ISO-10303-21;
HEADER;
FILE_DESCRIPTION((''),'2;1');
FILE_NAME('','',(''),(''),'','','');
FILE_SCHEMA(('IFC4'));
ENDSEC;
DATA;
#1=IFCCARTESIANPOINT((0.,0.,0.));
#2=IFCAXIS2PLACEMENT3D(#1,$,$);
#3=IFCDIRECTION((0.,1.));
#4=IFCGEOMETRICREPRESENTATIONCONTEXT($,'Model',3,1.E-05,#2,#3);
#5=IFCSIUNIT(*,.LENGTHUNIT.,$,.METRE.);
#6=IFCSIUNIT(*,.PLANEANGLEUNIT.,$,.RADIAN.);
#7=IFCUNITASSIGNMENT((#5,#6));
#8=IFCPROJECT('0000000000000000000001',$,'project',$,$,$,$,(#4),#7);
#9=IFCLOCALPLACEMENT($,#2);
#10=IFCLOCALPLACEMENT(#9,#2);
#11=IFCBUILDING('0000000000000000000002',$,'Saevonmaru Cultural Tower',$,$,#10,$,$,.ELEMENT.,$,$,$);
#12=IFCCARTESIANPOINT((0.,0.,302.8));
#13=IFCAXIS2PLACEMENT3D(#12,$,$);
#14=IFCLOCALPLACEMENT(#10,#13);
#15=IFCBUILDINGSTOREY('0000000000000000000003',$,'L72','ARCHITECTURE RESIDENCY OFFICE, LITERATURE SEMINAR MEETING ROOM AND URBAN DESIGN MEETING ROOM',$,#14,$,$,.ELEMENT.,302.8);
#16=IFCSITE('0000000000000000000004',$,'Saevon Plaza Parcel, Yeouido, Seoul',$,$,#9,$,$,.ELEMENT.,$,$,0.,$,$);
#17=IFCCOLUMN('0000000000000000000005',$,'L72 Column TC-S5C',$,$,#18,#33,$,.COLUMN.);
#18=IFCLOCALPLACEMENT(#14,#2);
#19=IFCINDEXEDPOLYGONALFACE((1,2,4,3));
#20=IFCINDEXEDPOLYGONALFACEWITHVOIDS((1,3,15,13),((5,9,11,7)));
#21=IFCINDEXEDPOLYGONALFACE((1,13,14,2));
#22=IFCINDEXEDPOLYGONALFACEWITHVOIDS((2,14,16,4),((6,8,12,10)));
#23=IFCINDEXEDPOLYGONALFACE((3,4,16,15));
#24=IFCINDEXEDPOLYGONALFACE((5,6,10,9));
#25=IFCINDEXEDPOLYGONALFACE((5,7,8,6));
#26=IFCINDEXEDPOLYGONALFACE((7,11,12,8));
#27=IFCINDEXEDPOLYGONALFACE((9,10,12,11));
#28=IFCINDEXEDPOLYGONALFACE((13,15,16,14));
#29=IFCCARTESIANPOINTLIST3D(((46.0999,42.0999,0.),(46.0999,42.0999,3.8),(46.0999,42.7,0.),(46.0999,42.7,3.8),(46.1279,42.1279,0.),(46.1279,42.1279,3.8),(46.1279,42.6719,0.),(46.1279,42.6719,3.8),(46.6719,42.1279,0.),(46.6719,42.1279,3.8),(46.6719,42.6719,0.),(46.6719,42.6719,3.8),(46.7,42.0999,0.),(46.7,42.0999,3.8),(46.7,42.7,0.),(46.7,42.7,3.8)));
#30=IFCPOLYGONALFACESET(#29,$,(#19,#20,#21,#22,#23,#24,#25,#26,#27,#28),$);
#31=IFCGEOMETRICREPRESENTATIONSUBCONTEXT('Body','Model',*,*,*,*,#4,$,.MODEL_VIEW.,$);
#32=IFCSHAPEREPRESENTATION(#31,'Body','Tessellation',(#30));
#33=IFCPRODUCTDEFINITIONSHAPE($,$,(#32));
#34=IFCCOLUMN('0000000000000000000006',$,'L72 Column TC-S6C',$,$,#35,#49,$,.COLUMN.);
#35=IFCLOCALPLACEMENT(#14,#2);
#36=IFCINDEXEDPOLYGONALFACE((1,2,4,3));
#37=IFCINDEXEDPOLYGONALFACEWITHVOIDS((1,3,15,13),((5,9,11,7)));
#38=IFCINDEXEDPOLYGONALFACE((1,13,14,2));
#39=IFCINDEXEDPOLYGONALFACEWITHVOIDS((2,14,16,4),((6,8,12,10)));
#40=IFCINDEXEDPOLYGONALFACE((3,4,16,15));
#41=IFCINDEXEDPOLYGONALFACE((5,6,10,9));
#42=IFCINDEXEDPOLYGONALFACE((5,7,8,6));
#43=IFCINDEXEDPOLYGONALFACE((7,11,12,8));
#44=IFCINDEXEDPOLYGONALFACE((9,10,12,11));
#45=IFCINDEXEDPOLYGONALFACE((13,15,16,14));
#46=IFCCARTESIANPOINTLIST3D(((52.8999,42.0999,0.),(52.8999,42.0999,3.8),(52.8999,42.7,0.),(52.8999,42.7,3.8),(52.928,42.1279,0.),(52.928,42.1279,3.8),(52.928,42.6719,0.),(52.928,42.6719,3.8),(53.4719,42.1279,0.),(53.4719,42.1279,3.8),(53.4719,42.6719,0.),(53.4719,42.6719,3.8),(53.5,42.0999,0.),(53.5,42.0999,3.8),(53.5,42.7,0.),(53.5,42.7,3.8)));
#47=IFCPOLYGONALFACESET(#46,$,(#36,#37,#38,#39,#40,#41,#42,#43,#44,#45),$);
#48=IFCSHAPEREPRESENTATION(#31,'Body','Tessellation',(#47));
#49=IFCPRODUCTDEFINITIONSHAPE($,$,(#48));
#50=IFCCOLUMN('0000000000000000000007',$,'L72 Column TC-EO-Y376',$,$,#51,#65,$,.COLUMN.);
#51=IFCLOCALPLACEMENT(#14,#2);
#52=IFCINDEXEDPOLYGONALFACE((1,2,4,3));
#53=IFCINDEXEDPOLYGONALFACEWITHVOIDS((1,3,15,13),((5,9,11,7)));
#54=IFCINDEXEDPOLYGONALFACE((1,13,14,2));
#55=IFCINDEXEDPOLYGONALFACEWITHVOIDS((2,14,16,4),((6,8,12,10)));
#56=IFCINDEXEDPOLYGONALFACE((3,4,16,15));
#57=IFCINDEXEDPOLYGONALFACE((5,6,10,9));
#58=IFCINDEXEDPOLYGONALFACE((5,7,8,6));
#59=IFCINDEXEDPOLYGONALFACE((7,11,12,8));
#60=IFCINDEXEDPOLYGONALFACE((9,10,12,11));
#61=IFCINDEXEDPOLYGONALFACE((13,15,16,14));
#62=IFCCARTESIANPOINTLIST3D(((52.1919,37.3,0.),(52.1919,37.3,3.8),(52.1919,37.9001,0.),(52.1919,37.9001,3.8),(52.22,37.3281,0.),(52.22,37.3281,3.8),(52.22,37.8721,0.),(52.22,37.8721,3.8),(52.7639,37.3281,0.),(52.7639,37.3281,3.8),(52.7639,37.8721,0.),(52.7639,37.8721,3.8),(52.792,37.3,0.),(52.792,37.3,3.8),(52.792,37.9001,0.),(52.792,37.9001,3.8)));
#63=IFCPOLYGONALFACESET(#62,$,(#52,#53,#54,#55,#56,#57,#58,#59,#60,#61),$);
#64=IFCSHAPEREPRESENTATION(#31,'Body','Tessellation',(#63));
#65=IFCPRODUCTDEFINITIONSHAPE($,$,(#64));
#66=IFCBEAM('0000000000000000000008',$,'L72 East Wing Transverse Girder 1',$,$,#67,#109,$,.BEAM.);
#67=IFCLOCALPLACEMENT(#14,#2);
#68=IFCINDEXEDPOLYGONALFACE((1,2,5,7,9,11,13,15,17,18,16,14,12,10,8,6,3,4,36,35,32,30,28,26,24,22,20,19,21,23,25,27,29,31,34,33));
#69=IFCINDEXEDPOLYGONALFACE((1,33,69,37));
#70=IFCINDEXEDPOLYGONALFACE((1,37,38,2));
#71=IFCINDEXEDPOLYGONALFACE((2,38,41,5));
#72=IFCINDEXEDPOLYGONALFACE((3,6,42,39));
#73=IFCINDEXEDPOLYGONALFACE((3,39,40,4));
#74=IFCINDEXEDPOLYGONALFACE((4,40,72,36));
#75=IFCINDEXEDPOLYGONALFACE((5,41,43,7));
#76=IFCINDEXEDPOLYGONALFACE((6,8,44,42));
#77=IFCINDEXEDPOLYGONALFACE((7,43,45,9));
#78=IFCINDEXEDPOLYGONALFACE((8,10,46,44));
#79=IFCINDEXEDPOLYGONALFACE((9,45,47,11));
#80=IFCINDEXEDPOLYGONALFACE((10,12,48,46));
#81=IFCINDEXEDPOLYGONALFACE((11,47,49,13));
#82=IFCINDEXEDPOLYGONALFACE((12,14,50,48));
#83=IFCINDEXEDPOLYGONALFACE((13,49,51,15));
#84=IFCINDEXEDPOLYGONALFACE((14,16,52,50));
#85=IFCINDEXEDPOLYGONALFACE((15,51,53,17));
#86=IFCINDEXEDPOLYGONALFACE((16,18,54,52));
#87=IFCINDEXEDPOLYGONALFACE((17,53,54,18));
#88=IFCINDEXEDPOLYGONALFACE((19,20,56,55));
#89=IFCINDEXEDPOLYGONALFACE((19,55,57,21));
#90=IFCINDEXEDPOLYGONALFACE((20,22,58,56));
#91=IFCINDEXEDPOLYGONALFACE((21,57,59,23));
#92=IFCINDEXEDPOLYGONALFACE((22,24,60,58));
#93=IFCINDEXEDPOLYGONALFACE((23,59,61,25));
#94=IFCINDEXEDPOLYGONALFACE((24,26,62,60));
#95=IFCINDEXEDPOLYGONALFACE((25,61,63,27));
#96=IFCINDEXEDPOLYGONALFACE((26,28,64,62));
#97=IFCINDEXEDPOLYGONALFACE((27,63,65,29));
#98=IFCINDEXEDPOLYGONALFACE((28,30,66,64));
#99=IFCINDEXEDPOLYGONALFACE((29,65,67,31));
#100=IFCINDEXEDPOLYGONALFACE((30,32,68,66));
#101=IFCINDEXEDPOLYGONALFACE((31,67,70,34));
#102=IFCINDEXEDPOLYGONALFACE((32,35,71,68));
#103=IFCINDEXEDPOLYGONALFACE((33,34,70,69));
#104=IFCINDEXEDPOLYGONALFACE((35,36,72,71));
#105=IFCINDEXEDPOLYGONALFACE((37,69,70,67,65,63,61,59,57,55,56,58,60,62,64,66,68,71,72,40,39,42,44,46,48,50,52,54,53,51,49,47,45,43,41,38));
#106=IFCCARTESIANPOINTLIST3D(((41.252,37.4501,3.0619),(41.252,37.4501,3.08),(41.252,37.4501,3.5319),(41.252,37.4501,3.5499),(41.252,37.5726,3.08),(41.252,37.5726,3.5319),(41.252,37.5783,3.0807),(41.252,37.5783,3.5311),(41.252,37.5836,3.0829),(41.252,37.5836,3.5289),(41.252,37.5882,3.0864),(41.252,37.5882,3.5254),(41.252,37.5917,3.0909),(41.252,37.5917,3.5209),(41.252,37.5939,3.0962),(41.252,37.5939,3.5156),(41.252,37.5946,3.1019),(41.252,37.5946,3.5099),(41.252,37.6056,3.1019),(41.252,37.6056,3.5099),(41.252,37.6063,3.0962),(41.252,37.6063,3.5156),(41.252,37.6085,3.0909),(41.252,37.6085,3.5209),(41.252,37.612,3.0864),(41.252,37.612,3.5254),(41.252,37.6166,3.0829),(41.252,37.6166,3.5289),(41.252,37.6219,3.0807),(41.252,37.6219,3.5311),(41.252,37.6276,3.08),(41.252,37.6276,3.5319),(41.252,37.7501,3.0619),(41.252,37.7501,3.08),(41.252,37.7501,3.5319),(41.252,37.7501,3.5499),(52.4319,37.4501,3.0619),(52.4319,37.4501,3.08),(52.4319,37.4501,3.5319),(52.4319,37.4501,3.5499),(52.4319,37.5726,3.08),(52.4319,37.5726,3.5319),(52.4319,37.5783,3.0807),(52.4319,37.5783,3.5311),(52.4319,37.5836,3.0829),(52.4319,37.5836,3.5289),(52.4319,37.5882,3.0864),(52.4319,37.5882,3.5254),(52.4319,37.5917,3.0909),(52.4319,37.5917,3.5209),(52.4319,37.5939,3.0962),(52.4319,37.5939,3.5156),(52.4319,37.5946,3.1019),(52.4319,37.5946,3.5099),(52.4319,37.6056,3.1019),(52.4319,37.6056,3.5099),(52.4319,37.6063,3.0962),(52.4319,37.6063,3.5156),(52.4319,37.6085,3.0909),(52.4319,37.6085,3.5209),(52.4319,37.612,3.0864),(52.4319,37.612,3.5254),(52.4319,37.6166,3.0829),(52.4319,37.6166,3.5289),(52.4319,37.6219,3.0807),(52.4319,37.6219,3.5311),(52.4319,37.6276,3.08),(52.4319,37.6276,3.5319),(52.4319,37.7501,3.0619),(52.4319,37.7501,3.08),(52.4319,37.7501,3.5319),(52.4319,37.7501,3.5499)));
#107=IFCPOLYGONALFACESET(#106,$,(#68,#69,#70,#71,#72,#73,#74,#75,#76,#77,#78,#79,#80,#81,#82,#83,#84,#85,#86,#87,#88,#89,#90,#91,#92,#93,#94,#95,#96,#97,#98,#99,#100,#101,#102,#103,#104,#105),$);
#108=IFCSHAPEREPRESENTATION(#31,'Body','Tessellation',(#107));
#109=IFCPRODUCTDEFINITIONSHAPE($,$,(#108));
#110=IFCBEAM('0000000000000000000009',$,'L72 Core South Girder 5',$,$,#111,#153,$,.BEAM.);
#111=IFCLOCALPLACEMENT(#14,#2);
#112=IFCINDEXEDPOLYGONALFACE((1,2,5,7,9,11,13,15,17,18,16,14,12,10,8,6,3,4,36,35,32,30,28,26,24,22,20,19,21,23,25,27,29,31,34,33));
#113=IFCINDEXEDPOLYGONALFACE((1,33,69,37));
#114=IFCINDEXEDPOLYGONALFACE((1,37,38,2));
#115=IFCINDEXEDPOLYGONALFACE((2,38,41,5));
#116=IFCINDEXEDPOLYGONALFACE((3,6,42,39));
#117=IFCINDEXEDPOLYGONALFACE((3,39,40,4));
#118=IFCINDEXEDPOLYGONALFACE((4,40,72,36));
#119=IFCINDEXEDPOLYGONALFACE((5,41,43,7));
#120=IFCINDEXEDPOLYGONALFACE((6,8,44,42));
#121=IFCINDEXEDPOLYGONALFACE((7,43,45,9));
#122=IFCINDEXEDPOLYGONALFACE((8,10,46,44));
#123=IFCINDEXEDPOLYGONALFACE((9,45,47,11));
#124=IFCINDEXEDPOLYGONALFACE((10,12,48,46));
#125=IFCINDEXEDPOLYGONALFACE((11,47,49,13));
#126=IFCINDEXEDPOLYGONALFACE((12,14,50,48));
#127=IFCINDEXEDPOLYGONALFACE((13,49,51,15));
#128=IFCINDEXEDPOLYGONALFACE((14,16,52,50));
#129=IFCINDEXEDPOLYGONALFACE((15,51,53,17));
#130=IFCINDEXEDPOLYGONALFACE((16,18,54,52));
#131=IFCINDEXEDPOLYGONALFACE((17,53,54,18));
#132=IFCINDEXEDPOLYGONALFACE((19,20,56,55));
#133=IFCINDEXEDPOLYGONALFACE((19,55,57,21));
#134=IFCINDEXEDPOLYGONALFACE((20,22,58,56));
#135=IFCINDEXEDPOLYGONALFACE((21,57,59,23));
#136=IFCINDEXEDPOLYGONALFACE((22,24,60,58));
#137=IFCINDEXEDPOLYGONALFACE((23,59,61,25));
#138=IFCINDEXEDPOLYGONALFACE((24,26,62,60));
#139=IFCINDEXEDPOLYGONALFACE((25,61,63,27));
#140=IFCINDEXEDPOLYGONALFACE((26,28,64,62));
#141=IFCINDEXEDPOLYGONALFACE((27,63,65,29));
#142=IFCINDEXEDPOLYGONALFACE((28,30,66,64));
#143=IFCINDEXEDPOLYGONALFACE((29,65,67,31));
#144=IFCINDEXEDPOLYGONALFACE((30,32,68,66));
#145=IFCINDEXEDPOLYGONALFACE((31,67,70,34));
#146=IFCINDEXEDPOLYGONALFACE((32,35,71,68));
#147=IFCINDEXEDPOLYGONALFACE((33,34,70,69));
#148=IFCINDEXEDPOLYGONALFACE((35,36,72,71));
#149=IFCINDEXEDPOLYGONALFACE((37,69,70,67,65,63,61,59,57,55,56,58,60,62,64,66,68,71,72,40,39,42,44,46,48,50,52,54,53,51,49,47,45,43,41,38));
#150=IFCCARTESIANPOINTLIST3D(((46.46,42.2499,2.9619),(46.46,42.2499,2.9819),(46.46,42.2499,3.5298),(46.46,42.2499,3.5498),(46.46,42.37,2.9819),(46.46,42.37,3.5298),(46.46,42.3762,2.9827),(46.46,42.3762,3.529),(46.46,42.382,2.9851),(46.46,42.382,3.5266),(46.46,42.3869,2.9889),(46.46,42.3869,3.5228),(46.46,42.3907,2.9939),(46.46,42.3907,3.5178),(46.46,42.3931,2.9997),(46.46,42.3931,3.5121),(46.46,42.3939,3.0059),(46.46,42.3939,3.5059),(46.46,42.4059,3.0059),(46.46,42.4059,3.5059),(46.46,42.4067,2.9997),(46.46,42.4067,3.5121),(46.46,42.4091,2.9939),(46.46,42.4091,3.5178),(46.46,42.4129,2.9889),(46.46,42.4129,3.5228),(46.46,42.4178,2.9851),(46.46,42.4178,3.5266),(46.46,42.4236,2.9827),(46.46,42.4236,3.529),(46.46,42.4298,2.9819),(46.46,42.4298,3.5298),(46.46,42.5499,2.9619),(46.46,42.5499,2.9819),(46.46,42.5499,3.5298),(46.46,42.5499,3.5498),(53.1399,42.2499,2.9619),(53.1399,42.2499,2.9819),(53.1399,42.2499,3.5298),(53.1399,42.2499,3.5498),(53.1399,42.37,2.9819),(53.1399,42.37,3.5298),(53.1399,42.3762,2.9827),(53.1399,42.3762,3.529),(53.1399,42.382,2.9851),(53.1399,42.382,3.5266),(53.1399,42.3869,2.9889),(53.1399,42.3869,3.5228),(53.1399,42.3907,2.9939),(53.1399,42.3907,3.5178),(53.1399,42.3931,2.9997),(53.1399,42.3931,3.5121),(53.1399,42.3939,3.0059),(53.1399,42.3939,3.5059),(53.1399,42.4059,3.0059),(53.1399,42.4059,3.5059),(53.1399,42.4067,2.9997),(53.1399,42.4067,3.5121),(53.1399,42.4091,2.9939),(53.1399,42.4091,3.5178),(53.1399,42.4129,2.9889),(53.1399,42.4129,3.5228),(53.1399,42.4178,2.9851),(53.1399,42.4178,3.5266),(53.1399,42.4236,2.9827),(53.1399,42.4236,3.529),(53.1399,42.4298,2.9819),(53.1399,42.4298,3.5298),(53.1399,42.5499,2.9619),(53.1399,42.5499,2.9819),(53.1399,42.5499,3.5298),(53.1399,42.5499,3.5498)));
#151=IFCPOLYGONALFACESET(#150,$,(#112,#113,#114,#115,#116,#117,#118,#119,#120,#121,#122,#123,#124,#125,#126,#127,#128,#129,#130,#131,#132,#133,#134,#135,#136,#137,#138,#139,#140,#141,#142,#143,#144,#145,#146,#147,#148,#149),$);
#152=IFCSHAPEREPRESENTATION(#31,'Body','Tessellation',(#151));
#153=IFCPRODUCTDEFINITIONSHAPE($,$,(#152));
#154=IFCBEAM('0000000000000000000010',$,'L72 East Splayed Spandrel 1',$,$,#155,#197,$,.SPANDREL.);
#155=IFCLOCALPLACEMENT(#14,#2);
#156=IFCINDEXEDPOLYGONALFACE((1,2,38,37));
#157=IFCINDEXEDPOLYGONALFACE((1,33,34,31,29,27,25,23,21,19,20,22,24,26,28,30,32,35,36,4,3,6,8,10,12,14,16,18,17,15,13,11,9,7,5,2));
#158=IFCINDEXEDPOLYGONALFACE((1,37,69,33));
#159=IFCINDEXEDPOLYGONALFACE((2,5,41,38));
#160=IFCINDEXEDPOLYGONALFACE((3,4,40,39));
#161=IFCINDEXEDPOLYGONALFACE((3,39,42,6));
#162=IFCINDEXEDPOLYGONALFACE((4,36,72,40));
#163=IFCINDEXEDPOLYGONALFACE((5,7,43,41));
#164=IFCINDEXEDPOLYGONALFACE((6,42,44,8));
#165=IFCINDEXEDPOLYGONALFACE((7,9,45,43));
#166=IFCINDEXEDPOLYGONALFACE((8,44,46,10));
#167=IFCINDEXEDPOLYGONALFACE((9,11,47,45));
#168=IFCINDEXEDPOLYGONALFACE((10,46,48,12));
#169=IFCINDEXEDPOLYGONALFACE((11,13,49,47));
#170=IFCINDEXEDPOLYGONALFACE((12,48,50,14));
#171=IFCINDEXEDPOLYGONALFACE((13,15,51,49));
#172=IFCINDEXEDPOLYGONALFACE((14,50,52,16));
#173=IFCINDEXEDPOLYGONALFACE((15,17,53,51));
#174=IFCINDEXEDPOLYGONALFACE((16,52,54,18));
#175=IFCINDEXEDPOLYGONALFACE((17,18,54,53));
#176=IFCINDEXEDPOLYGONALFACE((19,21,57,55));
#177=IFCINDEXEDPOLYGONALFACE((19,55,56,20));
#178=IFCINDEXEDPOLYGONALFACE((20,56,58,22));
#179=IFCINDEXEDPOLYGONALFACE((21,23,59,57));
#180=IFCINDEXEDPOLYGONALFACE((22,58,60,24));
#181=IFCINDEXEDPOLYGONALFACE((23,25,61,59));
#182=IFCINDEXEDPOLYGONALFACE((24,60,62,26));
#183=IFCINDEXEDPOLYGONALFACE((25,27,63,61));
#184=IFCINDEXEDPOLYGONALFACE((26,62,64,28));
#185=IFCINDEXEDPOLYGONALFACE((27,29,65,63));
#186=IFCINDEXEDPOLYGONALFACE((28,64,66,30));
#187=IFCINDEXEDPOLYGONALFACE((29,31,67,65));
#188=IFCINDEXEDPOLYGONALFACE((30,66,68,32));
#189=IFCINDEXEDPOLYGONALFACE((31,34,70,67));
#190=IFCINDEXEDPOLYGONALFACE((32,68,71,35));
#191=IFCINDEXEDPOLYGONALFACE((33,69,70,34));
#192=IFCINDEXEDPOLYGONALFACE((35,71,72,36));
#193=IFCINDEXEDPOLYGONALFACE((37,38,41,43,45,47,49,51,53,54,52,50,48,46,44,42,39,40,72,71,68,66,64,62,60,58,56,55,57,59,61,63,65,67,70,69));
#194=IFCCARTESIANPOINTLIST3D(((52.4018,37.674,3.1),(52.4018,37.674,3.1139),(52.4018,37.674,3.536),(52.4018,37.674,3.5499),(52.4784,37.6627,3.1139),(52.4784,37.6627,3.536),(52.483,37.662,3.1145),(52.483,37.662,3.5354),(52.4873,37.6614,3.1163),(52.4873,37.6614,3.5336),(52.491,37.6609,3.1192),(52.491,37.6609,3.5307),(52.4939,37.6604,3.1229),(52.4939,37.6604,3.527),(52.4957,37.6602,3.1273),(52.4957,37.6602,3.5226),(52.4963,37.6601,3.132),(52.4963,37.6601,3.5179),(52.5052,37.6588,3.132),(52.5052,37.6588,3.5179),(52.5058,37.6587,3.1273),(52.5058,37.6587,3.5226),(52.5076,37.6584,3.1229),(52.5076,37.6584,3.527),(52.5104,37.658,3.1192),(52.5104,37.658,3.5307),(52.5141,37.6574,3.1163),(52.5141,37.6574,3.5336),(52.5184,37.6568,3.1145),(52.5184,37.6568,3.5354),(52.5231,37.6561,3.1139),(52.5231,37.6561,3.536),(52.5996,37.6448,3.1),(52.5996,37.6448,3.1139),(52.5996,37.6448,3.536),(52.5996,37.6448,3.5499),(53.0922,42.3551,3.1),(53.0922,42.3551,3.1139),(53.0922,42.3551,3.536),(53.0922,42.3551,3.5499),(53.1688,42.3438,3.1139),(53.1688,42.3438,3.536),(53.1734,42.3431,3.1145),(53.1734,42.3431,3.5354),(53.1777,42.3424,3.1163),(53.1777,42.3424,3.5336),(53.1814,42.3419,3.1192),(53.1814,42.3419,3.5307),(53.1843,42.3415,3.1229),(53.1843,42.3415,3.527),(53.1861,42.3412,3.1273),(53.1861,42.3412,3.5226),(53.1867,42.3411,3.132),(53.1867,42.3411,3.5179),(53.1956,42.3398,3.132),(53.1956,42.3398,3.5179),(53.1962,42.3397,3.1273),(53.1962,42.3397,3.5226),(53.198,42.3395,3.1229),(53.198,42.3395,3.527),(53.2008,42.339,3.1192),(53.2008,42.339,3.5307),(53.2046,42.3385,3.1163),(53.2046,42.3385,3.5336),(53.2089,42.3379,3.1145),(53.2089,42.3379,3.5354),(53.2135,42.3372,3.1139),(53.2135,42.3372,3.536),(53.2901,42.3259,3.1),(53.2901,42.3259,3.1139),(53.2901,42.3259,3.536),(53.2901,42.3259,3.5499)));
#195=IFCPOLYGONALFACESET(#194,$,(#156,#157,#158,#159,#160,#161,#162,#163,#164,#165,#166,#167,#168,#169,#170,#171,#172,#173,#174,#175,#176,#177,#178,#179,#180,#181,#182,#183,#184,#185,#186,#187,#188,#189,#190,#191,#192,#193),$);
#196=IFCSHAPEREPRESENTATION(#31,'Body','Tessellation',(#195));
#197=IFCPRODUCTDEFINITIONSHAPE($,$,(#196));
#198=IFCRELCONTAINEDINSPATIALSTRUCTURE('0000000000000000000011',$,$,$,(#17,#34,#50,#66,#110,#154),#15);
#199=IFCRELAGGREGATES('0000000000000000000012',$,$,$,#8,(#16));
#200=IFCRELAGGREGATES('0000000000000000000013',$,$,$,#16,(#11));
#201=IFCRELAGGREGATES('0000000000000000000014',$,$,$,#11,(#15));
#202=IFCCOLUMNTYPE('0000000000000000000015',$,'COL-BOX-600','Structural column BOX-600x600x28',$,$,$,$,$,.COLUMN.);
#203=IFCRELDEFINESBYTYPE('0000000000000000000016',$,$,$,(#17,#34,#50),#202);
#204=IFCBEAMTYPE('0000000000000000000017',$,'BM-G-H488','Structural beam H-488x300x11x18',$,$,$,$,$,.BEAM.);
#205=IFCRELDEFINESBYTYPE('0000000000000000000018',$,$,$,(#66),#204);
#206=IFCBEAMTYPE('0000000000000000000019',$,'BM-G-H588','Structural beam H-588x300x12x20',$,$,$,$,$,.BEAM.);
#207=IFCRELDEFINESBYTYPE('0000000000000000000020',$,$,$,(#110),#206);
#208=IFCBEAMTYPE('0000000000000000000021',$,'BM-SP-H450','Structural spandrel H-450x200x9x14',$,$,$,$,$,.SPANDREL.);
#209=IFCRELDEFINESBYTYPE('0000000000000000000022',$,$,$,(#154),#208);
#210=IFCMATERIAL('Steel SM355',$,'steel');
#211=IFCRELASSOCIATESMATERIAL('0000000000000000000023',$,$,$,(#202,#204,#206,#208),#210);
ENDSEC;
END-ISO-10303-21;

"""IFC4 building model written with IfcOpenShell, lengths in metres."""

from ifc_helpers import new_model, si_unit, direction, frame, origin, origin_2d, place, context, subcontext, project, spatial, hollow_rectangle, i_section, extrude, material, material_profile, profile_set, type_object, element, save


model = new_model("IFC4")

# Units and contexts
model_context = context("Model", 3, precision=1e-05, world=origin(), true_north=direction((0.0, 1.0)))
body_context = subcontext(model_context, "Body", "Model", "MODEL_VIEW")
ifc_project = project(units=[si_unit("LENGTHUNIT", "METRE"), si_unit("PLANEANGLEUNIT", "RADIAN")], contexts=[model_context])

# Site, building, storey
site_placement = place(None, origin())
site = spatial("IfcSite", under=ifc_project, at=site_placement, Name="Saevon Plaza Parcel, Yeouido, Seoul", CompositionType="ELEMENT", RefElevation=0.0)
building_placement = place(site_placement, origin())
building = spatial("IfcBuilding", under=site, at=building_placement, Name="Saevonmaru Cultural Tower", CompositionType="ELEMENT")
storey_placement = place(building_placement, frame((0.0, 0.0, 302.8)))
storey = spatial("IfcBuildingStorey", under=building, at=storey_placement, Name="L72", Description="ARCHITECTURE RESIDENCY OFFICE, LITERATURE SEMINAR MEETING ROOM AND URBAN DESIGN MEETING ROOM", CompositionType="ELEMENT", Elevation=302.8)

# Columns
ifc_material_1 = material(Name="Steel SM355", Category="steel")
ifc_material_profile_1 = material_profile(ifc_material_1, hollow_rectangle(XDim=0.6001, YDim=0.6001, WallThickness=0.0281, at=origin_2d()), Name="BOX-600x600x28")
ifc_profile_set_1 = profile_set([ifc_material_profile_1], Name="Steel SM355")
column_type = type_object("IfcColumnType", Name="COL-BOX-600", Description="Structural column BOX-600x600x28", PredefinedType="COLUMN", material=ifc_profile_set_1)
for number, where, z_axis, x_axis, name in (
    (1, (46.3999, 42.3999, 0.0), (0.0, 0.0, 1.0), (1.0, 0.0, 0.0), "L72 Column TC-S5C"),
    (2, (53.2, 42.3999, 0.0), (0.0, 0.0, 1.0), (1.0, 0.0, 0.0), "L72 Column TC-S6C"),
    (3, (52.4919, 37.6001, 0.0), (0.0, 0.0, 1.0), (1.0, 0.0, 0.0), "L72 Column TC-EO-Y376"),
):
    element("IfcColumn", number, at=place(storey_placement, frame(where, z_axis=z_axis, x_axis=x_axis)), inside=storey, type_object=column_type, Name=name, PredefinedType="COLUMN", context=body_context, shape_type="SweptSolid", body=[
        extrude(hollow_rectangle(XDim=0.6001, YDim=0.6001, WallThickness=0.0281, at=origin_2d()), origin(), (0.0, 0.0, 1.0), 3.8),
    ])

# Beams
ifc_material_profile_2 = material_profile(ifc_material_1, i_section(OverallWidth=0.3, OverallDepth=0.488, WebThickness=0.011, FlangeThickness=0.0181, FilletRadius=0.022, at=origin_2d()), Name="H-488x300x11x18")
ifc_profile_set_2 = profile_set([ifc_material_profile_2], Name="Steel SM355")
beam_type_1 = type_object("IfcBeamType", Name="BM-G-H488", Description="Structural beam H-488x300x11x18", PredefinedType="BEAM", material=ifc_profile_set_2)
beam_1_placement = place(storey_placement, frame((41.252, 37.6001, 3.3059), z_axis=(1.0, 0.0, 0.0), x_axis=(0.0, 1.0, 0.0)))
element("IfcBeam", 4, at=beam_1_placement, inside=storey, type_object=beam_type_1, Name="L72 East Wing Transverse Girder 1", PredefinedType="BEAM", context=body_context, shape_type="SweptSolid", body=[
    extrude(i_section(OverallWidth=0.3, OverallDepth=0.488, WebThickness=0.011, FlangeThickness=0.0181, FilletRadius=0.022, at=origin_2d()), origin(), (0.0, 0.0, 1.0), 11.1799),
])
ifc_material_profile_3 = material_profile(ifc_material_1, i_section(OverallWidth=0.3, OverallDepth=0.5879, WebThickness=0.012, FlangeThickness=0.02, FilletRadius=0.0239, at=origin_2d()), Name="H-588x300x12x20")
ifc_profile_set_3 = profile_set([ifc_material_profile_3], Name="Steel SM355")
beam_type_2 = type_object("IfcBeamType", Name="BM-G-H588", Description="Structural beam H-588x300x12x20", PredefinedType="BEAM", material=ifc_profile_set_3)
beam_2_placement = place(storey_placement, frame((46.46, 42.3999, 3.2559), z_axis=(1.0, 0.0, 0.0), x_axis=(0.0, 1.0, 0.0)))
element("IfcBeam", 5, at=beam_2_placement, inside=storey, type_object=beam_type_2, Name="L72 Core South Girder 5", PredefinedType="BEAM", context=body_context, shape_type="SweptSolid", body=[
    extrude(i_section(OverallWidth=0.3, OverallDepth=0.5879, WebThickness=0.012, FlangeThickness=0.02, FilletRadius=0.0239, at=origin_2d()), origin(), (0.0, 0.0, 1.0), 6.6799),
])
ifc_material_profile_4 = material_profile(ifc_material_1, i_section(OverallWidth=0.2, OverallDepth=0.45, WebThickness=0.009, FlangeThickness=0.0139, FilletRadius=0.0181, at=origin_2d()), Name="H-450x200x9x14")
ifc_profile_set_4 = profile_set([ifc_material_profile_4], Name="Steel SM355")
beam_type_3 = type_object("IfcBeamType", Name="BM-SP-H450", Description="Structural spandrel H-450x200x9x14", PredefinedType="SPANDREL", material=ifc_profile_set_4)
beam_3_placement = place(storey_placement, frame((52.5007, 37.6594, 3.325), z_axis=(0.145913, 0.989297, 0.0), x_axis=(-0.989297, 0.145913, 0.0)))
element("IfcBeam", 6, at=beam_3_placement, inside=storey, type_object=beam_type_3, Name="L72 East Splayed Spandrel 1", PredefinedType="SPANDREL", context=body_context, shape_type="SweptSolid", body=[
    extrude(i_section(OverallWidth=0.2, OverallDepth=0.45, WebThickness=0.009, FlangeThickness=0.0139, FilletRadius=0.0181, at=origin_2d()), origin(), (0.0, 0.0, 1.0), 4.7317),
])

save(model, "model.ifc")
